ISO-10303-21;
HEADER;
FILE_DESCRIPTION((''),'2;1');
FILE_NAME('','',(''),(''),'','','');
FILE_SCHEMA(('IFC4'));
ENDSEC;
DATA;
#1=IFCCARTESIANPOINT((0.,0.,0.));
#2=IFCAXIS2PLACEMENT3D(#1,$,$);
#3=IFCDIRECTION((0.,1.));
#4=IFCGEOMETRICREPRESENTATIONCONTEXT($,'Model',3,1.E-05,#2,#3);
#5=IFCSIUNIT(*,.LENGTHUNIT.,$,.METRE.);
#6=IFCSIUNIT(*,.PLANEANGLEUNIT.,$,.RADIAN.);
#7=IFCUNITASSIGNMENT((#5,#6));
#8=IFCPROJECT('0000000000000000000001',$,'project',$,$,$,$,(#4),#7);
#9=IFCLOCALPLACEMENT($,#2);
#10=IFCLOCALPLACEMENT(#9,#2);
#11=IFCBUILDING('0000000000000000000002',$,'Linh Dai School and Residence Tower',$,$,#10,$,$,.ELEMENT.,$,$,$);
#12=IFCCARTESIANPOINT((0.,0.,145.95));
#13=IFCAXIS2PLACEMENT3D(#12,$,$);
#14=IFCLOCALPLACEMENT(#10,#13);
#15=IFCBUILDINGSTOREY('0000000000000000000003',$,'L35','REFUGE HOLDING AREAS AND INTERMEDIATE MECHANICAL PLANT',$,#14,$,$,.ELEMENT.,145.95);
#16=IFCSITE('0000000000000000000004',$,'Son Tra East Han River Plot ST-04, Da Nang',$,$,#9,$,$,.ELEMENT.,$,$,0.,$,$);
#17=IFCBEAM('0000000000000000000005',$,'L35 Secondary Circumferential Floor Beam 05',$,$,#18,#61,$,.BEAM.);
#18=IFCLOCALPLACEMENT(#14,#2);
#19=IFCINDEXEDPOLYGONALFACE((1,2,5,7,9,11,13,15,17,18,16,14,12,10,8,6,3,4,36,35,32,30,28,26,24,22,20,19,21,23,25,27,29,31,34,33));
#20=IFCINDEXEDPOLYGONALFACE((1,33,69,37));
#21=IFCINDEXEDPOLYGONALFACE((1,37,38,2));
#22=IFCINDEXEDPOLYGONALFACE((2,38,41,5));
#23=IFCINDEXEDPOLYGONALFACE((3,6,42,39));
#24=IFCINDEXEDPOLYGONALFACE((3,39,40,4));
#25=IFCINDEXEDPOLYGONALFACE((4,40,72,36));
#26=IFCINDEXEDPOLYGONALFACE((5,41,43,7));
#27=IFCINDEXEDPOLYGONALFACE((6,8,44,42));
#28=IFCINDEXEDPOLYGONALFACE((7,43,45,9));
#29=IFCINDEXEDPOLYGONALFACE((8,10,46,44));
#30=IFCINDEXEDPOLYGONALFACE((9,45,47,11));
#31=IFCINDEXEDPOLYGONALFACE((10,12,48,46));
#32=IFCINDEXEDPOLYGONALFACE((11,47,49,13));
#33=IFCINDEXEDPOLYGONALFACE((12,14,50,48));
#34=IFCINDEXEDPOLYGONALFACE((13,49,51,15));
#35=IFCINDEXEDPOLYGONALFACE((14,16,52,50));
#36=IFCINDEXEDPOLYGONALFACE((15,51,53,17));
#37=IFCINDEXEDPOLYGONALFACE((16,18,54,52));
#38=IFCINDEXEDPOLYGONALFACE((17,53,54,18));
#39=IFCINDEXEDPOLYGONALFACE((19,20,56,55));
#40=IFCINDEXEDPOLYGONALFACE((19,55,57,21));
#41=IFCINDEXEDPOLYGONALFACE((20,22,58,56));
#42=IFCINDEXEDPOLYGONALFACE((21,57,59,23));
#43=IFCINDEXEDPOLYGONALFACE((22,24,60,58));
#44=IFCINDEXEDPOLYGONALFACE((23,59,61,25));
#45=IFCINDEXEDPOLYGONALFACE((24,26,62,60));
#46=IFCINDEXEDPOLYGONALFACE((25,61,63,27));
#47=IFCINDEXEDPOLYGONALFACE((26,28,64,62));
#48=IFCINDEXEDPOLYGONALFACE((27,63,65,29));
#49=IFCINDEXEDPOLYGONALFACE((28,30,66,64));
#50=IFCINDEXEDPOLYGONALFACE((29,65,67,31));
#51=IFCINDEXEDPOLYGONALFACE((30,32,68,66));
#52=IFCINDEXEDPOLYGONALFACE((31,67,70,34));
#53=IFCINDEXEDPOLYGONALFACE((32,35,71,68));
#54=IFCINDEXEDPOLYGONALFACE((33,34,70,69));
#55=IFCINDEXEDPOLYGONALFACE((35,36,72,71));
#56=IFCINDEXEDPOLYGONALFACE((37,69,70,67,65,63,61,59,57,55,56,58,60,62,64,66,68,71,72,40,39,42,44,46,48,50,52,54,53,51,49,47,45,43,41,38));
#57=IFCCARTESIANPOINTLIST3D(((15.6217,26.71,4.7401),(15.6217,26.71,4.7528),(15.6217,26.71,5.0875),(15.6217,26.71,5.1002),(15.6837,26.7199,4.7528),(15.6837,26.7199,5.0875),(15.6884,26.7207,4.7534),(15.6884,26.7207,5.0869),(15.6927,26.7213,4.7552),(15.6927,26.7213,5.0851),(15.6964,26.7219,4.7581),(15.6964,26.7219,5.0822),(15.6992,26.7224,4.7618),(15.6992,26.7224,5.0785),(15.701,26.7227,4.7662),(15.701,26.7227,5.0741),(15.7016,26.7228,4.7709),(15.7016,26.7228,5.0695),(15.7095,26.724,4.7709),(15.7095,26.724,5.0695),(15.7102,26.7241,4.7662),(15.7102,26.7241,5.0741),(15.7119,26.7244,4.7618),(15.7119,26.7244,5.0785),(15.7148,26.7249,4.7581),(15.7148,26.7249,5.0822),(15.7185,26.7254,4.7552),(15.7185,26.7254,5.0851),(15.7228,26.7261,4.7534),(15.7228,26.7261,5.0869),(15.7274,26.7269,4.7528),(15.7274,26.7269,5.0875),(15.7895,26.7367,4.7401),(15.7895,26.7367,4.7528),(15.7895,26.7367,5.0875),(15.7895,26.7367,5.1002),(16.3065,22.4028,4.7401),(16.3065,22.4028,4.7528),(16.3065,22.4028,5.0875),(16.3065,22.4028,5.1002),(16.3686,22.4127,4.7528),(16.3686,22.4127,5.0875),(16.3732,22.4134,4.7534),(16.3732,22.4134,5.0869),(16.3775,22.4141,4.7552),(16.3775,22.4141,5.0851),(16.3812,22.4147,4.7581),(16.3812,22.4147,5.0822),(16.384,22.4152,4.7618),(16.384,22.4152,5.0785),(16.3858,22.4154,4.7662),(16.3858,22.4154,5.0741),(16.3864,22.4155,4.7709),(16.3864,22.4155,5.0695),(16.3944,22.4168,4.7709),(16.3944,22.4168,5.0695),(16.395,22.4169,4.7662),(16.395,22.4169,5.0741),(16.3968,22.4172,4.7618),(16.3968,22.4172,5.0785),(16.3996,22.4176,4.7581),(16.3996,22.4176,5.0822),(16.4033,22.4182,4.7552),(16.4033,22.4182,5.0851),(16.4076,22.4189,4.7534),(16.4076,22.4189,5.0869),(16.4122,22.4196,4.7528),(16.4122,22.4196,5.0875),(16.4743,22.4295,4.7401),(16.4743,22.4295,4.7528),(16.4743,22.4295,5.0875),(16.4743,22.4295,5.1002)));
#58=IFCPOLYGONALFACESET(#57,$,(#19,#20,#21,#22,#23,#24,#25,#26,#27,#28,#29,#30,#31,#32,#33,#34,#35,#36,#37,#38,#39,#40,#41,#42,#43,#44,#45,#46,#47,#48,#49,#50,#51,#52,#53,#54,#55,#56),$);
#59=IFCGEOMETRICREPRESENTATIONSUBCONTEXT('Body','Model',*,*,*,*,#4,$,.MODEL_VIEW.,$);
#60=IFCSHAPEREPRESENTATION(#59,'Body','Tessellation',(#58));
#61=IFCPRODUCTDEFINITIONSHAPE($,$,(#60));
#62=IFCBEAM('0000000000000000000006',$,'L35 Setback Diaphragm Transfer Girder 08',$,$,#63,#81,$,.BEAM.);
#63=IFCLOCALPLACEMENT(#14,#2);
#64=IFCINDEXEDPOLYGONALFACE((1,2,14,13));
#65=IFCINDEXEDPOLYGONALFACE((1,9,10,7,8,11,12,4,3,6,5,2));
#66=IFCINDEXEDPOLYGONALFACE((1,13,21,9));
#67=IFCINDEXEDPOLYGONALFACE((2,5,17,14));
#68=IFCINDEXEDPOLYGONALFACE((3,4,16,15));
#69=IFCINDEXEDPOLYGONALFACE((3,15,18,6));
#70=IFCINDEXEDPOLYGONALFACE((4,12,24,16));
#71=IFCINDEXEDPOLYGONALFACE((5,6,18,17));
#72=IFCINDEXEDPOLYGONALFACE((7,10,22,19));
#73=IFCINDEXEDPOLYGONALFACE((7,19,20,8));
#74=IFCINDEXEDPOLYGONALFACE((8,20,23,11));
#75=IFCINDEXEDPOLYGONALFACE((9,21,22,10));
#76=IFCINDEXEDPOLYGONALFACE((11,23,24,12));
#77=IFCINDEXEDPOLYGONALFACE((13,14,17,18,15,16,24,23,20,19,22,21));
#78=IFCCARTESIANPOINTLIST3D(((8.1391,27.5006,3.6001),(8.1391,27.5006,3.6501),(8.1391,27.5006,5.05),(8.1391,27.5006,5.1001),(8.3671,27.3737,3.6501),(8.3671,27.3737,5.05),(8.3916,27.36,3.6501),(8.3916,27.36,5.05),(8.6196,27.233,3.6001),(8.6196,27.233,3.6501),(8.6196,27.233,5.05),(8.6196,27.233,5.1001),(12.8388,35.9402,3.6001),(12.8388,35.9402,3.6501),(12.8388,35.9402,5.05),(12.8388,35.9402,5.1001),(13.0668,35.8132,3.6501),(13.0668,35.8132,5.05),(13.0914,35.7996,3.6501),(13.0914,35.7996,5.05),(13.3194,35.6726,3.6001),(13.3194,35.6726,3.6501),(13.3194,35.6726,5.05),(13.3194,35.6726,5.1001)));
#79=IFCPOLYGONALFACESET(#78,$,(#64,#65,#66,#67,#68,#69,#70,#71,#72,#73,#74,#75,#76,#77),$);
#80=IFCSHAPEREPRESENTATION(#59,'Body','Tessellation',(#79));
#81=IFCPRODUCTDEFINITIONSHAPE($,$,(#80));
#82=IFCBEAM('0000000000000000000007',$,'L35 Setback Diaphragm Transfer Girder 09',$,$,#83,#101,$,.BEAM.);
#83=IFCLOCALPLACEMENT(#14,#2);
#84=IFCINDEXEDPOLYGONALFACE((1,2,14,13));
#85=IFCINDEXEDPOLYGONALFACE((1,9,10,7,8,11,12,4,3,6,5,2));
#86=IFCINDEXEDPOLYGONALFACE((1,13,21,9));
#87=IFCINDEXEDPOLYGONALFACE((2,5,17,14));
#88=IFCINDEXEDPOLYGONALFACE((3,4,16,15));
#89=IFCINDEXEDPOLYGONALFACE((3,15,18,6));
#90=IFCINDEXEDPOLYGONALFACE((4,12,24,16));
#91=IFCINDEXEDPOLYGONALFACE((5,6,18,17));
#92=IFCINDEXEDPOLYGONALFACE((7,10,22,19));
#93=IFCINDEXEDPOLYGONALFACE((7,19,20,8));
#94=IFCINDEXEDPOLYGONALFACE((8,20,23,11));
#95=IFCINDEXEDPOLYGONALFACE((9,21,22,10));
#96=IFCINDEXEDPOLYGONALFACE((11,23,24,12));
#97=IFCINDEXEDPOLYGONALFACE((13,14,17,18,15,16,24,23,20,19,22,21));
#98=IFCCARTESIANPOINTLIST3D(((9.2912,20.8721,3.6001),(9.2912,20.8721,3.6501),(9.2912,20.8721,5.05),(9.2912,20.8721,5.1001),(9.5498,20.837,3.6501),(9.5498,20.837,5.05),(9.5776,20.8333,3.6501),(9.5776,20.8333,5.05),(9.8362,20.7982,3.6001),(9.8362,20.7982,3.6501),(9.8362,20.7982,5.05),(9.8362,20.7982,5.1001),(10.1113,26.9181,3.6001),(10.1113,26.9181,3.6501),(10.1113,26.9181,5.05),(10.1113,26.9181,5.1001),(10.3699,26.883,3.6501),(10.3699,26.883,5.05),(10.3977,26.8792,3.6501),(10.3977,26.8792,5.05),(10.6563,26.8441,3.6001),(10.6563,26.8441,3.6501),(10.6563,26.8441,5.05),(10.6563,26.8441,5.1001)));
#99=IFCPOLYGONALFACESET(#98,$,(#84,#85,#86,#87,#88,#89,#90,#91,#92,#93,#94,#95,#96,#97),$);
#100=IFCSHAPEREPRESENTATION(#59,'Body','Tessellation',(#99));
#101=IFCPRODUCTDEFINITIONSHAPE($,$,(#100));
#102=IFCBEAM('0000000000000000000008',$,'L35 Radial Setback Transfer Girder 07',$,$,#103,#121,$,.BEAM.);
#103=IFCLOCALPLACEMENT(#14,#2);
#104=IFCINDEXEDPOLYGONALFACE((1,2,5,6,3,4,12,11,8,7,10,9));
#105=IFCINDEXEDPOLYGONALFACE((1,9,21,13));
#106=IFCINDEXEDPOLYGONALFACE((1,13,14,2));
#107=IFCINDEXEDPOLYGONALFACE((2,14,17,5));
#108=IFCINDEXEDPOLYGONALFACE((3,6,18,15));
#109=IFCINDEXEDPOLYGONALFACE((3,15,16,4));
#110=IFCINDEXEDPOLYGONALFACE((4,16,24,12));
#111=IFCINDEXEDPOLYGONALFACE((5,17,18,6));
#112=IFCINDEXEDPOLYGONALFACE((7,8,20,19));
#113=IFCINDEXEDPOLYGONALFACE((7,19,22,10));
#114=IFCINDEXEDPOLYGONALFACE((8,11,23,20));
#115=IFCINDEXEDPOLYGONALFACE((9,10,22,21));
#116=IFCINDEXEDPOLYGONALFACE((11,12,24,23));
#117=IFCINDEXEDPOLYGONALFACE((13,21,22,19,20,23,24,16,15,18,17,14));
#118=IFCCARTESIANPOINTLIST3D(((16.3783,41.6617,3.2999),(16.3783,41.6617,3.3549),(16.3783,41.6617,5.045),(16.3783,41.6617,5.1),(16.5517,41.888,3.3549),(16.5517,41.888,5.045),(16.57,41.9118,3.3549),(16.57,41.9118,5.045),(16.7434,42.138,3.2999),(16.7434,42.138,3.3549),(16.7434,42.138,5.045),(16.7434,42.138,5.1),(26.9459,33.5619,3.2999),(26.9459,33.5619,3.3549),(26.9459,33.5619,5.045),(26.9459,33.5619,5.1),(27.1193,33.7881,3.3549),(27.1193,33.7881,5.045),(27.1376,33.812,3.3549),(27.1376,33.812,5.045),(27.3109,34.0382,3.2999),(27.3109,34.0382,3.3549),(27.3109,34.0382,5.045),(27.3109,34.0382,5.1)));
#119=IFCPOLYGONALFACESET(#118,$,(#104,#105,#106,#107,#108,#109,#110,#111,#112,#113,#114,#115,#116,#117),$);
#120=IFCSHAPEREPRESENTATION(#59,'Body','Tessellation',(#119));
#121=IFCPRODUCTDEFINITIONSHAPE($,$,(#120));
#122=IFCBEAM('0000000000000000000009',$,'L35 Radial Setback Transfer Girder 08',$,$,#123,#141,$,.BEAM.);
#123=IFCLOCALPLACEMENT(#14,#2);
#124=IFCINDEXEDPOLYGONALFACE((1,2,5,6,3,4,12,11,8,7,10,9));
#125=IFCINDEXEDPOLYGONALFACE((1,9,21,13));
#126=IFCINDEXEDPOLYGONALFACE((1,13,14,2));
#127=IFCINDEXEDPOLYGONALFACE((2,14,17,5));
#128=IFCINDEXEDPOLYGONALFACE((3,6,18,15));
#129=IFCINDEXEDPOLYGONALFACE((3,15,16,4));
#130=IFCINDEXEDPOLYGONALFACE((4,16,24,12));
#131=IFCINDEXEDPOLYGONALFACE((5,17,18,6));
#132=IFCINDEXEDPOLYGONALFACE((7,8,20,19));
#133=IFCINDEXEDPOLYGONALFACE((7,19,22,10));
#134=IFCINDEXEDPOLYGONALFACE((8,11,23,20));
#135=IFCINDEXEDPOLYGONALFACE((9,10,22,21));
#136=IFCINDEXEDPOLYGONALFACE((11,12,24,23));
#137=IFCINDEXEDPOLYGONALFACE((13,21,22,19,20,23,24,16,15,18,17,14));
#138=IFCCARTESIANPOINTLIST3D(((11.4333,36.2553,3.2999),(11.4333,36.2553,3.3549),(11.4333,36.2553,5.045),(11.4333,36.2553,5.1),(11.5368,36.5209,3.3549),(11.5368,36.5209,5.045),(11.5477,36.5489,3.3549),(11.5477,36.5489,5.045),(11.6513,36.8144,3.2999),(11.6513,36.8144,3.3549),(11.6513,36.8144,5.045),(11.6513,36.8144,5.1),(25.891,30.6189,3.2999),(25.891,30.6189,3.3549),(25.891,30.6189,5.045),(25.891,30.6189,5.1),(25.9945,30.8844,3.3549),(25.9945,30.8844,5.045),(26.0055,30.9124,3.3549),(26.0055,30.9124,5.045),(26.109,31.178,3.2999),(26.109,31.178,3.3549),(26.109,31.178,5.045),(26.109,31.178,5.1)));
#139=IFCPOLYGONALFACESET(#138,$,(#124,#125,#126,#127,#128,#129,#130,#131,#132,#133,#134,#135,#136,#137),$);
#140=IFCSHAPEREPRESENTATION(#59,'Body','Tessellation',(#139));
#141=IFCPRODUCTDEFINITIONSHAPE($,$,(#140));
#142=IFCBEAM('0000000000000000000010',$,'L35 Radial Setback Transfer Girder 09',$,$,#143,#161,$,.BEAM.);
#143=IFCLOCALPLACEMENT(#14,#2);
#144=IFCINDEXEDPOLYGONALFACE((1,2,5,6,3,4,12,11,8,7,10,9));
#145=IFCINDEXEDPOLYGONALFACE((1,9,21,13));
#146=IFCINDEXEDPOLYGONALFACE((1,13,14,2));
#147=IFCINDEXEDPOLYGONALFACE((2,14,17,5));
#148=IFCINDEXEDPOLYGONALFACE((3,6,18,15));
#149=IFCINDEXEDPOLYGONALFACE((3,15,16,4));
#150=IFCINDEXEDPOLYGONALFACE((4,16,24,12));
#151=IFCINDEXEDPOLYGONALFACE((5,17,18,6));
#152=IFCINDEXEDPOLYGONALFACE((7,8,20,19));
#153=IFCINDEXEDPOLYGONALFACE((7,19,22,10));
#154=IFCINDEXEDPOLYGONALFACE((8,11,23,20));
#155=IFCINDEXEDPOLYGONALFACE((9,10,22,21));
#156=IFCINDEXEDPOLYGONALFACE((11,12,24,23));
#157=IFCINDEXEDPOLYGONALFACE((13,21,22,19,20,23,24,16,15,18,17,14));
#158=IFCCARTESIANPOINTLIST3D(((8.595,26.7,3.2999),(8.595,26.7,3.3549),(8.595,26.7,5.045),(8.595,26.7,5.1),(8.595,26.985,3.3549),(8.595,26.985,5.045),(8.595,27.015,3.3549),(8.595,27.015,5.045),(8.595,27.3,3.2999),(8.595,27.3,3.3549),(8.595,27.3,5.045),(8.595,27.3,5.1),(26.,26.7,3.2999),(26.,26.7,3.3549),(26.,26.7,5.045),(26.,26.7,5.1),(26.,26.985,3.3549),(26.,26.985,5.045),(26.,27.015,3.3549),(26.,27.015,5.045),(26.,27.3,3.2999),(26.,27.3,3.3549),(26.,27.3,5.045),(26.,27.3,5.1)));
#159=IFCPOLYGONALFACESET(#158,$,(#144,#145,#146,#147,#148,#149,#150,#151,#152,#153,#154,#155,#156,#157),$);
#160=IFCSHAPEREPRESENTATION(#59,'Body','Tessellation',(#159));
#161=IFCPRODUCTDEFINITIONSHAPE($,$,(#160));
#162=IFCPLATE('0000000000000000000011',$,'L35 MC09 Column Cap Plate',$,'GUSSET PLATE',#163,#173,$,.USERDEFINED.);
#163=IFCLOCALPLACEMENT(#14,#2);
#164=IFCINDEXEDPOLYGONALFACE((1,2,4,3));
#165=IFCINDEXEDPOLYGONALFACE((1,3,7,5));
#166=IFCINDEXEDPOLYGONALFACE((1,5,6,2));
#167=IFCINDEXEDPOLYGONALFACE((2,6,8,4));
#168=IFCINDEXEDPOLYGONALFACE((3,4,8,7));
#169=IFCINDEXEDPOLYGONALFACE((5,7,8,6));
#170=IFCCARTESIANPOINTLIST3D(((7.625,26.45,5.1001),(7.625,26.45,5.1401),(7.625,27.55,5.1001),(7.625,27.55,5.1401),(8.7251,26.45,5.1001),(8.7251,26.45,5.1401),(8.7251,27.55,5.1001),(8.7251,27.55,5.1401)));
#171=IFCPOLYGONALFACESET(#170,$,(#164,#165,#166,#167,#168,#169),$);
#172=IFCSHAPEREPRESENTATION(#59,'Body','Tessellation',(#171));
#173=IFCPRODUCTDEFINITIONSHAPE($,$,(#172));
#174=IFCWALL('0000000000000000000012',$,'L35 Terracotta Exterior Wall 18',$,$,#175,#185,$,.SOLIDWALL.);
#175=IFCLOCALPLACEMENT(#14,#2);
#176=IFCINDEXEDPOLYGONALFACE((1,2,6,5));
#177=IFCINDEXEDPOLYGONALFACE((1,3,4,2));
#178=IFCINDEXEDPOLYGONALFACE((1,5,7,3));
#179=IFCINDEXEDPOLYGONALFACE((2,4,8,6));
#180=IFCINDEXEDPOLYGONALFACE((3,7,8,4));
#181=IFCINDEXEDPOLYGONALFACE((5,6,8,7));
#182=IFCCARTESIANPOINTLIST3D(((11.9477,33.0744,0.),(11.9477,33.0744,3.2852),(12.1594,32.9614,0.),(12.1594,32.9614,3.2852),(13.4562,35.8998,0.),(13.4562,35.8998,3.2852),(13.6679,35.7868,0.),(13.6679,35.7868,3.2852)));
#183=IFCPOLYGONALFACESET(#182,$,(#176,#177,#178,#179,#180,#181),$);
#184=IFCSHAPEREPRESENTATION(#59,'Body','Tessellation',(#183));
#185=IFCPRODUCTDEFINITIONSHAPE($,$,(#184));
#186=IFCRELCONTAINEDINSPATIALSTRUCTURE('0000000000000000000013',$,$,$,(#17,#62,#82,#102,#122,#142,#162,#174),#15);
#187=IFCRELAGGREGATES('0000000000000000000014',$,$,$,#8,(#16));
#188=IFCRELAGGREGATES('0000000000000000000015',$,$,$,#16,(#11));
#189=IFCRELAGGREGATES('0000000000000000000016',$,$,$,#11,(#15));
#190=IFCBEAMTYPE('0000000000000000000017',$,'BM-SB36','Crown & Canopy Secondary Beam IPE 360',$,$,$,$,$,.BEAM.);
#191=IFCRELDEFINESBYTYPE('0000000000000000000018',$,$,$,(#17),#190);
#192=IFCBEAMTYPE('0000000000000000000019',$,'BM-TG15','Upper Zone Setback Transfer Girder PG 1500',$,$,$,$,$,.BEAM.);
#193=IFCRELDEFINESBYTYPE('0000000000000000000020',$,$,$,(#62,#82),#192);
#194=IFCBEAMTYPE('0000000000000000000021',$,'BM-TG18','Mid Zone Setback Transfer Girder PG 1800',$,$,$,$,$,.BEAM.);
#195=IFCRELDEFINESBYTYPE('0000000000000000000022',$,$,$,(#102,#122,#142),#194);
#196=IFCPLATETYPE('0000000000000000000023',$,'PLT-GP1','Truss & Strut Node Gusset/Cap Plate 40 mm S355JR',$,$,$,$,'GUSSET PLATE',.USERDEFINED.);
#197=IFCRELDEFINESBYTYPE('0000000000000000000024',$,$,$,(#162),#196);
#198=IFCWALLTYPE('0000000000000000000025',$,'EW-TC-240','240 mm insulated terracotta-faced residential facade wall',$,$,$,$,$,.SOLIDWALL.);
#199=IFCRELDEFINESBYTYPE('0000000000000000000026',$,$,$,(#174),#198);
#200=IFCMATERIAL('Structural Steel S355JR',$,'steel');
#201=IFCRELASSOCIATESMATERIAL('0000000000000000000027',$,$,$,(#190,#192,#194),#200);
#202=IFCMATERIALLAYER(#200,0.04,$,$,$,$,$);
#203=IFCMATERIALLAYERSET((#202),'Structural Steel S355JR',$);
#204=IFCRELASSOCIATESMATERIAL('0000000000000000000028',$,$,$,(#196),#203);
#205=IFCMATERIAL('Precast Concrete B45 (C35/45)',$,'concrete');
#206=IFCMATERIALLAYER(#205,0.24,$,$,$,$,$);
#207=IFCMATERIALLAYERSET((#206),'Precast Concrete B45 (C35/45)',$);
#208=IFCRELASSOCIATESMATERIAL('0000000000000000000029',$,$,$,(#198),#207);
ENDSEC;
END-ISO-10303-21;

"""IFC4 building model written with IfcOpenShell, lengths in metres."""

from ifc_helpers import new_model, si_unit, direction, frame, frame_2d, origin, origin_2d, place, context, subcontext, project, spatial, rectangle, i_section, extrude, source, transform, mapped, material, layer, layer_set, material_profile, profile_set, type_object, element, save


model = new_model("IFC4")

# Units and contexts
model_context = context("Model", 3, precision=1e-05, world=origin(), true_north=direction((0.0, 1.0)))
body_context = subcontext(model_context, "Body", "Model", "MODEL_VIEW")
ifc_project = project(units=[si_unit("LENGTHUNIT", "METRE"), si_unit("PLANEANGLEUNIT", "RADIAN")], contexts=[model_context])

# Site, building, storey
site_placement = place(None, origin())
site = spatial("IfcSite", under=ifc_project, at=site_placement, Name="Son Tra East Han River Plot ST-04, Da Nang", CompositionType="ELEMENT", RefElevation=0.0)
building_placement = place(site_placement, origin())
building = spatial("IfcBuilding", under=site, at=building_placement, Name="Linh Dai School and Residence Tower", CompositionType="ELEMENT")
storey_placement = place(building_placement, frame((0.0, 0.0, 145.95)))
storey = spatial("IfcBuildingStorey", under=building, at=storey_placement, Name="L35", Description="REFUGE HOLDING AREAS AND INTERMEDIATE MECHANICAL PLANT", CompositionType="ELEMENT", Elevation=145.95)

# Shared definitions
ifc_material_1 = material(Name="Structural Steel S355JR", Category="steel")

# Beams
ifc_material_profile_1 = material_profile(ifc_material_1, i_section(OverallWidth=0.1699, OverallDepth=0.3601, WebThickness=0.0081, FlangeThickness=0.0127, FilletRadius=0.0181, at=origin_2d()), Name="IPE 360")
ifc_profile_set_1 = profile_set([ifc_material_profile_1], Name="Structural Steel S355JR")
beam_type_1 = type_object("IfcBeamType", Name="BM-SB36", Description="Crown & Canopy Secondary Beam IPE 360", PredefinedType="BEAM", material=ifc_profile_set_1)
beam_1_placement = place(storey_placement, frame((15.7056, 26.7234, 4.9202), z_axis=(0.157023, -0.987595, 0.0), x_axis=(0.987595, 0.157023, 0.0)))
element("IfcBeam", 1, at=beam_1_placement, inside=storey, type_object=beam_type_1, Name="L35 Secondary Circumferential Floor Beam 05", PredefinedType="BEAM", context=body_context, shape_type="SweptSolid", body=[
    extrude(i_section(OverallWidth=0.1699, OverallDepth=0.3601, WebThickness=0.0081, FlangeThickness=0.0127, FilletRadius=0.0181, at=origin_2d()), origin(), (0.0, 0.0, 1.0), 4.3613),
])
ifc_material_profile_2 = material_profile(ifc_material_1, i_section(OverallWidth=0.55, OverallDepth=1.5, WebThickness=0.0281, FlangeThickness=0.05, at=origin_2d()), Name="PG 1500x550x28x50")
ifc_profile_set_2 = profile_set([ifc_material_profile_2], Name="Structural Steel S355JR")
beam_type_2 = type_object("IfcBeamType", Name="BM-TG15", Description="Upper Zone Setback Transfer Girder PG 1500", PredefinedType="BEAM", material=ifc_profile_set_2)
beam_2_placement = place(storey_placement, frame((13.0791, 35.8064, 4.3501), z_axis=(-0.486523, -0.873668, 0.0), x_axis=(0.873668, -0.486523, 0.0)))
element("IfcBeam", 2, at=beam_2_placement, inside=storey, type_object=beam_type_2, Name="L35 Setback Diaphragm Transfer Girder 08", PredefinedType="BEAM", context=body_context, shape_type="SweptSolid", body=[
    extrude(i_section(OverallWidth=0.55, OverallDepth=1.5, WebThickness=0.0281, FlangeThickness=0.05, at=origin_2d()), origin(), (0.0, 0.0, 1.0), 9.6599),
])
beam_3_placement = place(storey_placement, frame((10.3838, 26.8811, 4.3501), z_axis=(-0.13441, -0.990926, 0.0), x_axis=(0.990926, -0.13441, 0.0)))
element("IfcBeam", 3, at=beam_3_placement, inside=storey, type_object=beam_type_2, Name="L35 Setback Diaphragm Transfer Girder 09", PredefinedType="BEAM", context=body_context, shape_type="SweptSolid", body=[
    extrude(i_section(OverallWidth=0.55, OverallDepth=1.5, WebThickness=0.0281, FlangeThickness=0.05, at=origin_2d()), origin(), (0.0, 0.0, 1.0), 6.1013),
])
ifc_material_profile_3 = material_profile(ifc_material_1, i_section(OverallWidth=0.6001, OverallDepth=1.8, WebThickness=0.03, FlangeThickness=0.0549, at=origin_2d()), Name="PG 1800x600x30x55")
ifc_profile_set_3 = profile_set([ifc_material_profile_3], Name="Structural Steel S355JR")
beam_type_3 = type_object("IfcBeamType", Name="BM-TG18", Description="Mid Zone Setback Transfer Girder PG 1800", PredefinedType="BEAM", material=ifc_profile_set_3)
beam_4_placement = place(storey_placement, frame((27.1284, 33.8, 4.2), z_axis=(-0.793679, 0.608337, 0.0), x_axis=(-0.608337, -0.793679, 0.0)))
element("IfcBeam", 4, at=beam_4_placement, inside=storey, type_object=beam_type_3, Name="L35 Radial Setback Transfer Girder 07", PredefinedType="BEAM", context=body_context, shape_type="SweptSolid", body=[
    extrude(i_section(OverallWidth=0.6001, OverallDepth=1.8, WebThickness=0.03, FlangeThickness=0.0549, at=origin_2d()), origin(), (0.0, 0.0, 1.0), 13.3147),
])
beam_5_placement = place(storey_placement, frame((26.0, 30.8984, 4.2), z_axis=(-0.931699, 0.36323, 0.0), x_axis=(-0.36323, -0.931699, 0.0)))
element("IfcBeam", 5, at=beam_5_placement, inside=storey, type_object=beam_type_3, Name="L35 Radial Setback Transfer Girder 08", PredefinedType="BEAM", context=body_context, shape_type="SweptSolid", body=[
    extrude(i_section(OverallWidth=0.6001, OverallDepth=1.8, WebThickness=0.03, FlangeThickness=0.0549, at=origin_2d()), origin(), (0.0, 0.0, 1.0), 15.5176),
])
beam_6_placement = place(storey_placement, frame((26.0, 27.0, 4.2), z_axis=(-1.0, 0.0, 0.0), x_axis=(0.0, -1.0, 0.0)))
element("IfcBeam", 6, at=beam_6_placement, inside=storey, type_object=beam_type_3, Name="L35 Radial Setback Transfer Girder 09", PredefinedType="BEAM", context=body_context, shape_type="SweptSolid", body=[
    extrude(i_section(OverallWidth=0.6001, OverallDepth=1.8, WebThickness=0.03, FlangeThickness=0.0549, at=origin_2d()), origin(), (0.0, 0.0, 1.0), 17.405),
])

# Plate
ifc_layer_1 = layer(ifc_material_1, 0.04)
ifc_layer_set_1 = layer_set([ifc_layer_1], Name="Structural Steel S355JR")
plate_type = type_object("IfcPlateType", Name="PLT-GP1", Description="Truss & Strut Node Gusset/Cap Plate 40 mm S355JR", ElementType="GUSSET PLATE", PredefinedType="USERDEFINED", material=ifc_layer_set_1)
shared_shape_1 = source(origin(), body_context, "Body", "SweptSolid", [
    extrude(rectangle(XDim=1.1001, YDim=1.1001, at=origin_2d()), origin(), (0.0, 0.0, 1.0), 0.04),
])
plate_placement = place(storey_placement, frame((8.175, 27.0, 5.1001), z_axis=(0.0, 0.0, 1.0), x_axis=(1.0, 0.0, 0.0)))
element("IfcPlate", 7, at=plate_placement, inside=storey, type_object=plate_type, Name="L35 MC09 Column Cap Plate", ObjectType="GUSSET PLATE", PredefinedType="USERDEFINED", context=body_context, shape_type="MappedRepresentation", body=[
    mapped(shared_shape_1, transform((0.0, 0.0, 0.0), x_axis=(1.0, 0.0, 0.0), y_axis=(0.0, 1.0, 0.0), z_axis=(0.0, 0.0, 1.0), scale=1.0)),
])

# Wall
ifc_material_2 = material(Name="Precast Concrete B45 (C35/45)", Category="concrete")
ifc_layer_2 = layer(ifc_material_2, 0.24)
ifc_layer_set_2 = layer_set([ifc_layer_2], Name="Precast Concrete B45 (C35/45)")
wall_type_1 = type_object("IfcWallType", Name="EW-TC-240", Description="240 mm insulated terracotta-faced residential facade wall", PredefinedType="SOLIDWALL", material=ifc_layer_set_2)
wall_1_placement = place(storey_placement, frame((12.0535, 33.0178, 0.0), z_axis=(0.0, 0.0, 1.0), x_axis=(0.470988, 0.88214, 0.0)))
element("IfcWall", 8, at=wall_1_placement, inside=storey, type_object=wall_type_1, Name="L35 Terracotta Exterior Wall 18", PredefinedType="SOLIDWALL", context=body_context, shape_type="SweptSolid", body=[
    extrude(rectangle(XDim=3.2029, YDim=0.24, at=frame_2d((1.6016, 0.0))), origin(), (0.0, 0.0, 1.0), 3.2852),
])

save(model, "model.ifc")
